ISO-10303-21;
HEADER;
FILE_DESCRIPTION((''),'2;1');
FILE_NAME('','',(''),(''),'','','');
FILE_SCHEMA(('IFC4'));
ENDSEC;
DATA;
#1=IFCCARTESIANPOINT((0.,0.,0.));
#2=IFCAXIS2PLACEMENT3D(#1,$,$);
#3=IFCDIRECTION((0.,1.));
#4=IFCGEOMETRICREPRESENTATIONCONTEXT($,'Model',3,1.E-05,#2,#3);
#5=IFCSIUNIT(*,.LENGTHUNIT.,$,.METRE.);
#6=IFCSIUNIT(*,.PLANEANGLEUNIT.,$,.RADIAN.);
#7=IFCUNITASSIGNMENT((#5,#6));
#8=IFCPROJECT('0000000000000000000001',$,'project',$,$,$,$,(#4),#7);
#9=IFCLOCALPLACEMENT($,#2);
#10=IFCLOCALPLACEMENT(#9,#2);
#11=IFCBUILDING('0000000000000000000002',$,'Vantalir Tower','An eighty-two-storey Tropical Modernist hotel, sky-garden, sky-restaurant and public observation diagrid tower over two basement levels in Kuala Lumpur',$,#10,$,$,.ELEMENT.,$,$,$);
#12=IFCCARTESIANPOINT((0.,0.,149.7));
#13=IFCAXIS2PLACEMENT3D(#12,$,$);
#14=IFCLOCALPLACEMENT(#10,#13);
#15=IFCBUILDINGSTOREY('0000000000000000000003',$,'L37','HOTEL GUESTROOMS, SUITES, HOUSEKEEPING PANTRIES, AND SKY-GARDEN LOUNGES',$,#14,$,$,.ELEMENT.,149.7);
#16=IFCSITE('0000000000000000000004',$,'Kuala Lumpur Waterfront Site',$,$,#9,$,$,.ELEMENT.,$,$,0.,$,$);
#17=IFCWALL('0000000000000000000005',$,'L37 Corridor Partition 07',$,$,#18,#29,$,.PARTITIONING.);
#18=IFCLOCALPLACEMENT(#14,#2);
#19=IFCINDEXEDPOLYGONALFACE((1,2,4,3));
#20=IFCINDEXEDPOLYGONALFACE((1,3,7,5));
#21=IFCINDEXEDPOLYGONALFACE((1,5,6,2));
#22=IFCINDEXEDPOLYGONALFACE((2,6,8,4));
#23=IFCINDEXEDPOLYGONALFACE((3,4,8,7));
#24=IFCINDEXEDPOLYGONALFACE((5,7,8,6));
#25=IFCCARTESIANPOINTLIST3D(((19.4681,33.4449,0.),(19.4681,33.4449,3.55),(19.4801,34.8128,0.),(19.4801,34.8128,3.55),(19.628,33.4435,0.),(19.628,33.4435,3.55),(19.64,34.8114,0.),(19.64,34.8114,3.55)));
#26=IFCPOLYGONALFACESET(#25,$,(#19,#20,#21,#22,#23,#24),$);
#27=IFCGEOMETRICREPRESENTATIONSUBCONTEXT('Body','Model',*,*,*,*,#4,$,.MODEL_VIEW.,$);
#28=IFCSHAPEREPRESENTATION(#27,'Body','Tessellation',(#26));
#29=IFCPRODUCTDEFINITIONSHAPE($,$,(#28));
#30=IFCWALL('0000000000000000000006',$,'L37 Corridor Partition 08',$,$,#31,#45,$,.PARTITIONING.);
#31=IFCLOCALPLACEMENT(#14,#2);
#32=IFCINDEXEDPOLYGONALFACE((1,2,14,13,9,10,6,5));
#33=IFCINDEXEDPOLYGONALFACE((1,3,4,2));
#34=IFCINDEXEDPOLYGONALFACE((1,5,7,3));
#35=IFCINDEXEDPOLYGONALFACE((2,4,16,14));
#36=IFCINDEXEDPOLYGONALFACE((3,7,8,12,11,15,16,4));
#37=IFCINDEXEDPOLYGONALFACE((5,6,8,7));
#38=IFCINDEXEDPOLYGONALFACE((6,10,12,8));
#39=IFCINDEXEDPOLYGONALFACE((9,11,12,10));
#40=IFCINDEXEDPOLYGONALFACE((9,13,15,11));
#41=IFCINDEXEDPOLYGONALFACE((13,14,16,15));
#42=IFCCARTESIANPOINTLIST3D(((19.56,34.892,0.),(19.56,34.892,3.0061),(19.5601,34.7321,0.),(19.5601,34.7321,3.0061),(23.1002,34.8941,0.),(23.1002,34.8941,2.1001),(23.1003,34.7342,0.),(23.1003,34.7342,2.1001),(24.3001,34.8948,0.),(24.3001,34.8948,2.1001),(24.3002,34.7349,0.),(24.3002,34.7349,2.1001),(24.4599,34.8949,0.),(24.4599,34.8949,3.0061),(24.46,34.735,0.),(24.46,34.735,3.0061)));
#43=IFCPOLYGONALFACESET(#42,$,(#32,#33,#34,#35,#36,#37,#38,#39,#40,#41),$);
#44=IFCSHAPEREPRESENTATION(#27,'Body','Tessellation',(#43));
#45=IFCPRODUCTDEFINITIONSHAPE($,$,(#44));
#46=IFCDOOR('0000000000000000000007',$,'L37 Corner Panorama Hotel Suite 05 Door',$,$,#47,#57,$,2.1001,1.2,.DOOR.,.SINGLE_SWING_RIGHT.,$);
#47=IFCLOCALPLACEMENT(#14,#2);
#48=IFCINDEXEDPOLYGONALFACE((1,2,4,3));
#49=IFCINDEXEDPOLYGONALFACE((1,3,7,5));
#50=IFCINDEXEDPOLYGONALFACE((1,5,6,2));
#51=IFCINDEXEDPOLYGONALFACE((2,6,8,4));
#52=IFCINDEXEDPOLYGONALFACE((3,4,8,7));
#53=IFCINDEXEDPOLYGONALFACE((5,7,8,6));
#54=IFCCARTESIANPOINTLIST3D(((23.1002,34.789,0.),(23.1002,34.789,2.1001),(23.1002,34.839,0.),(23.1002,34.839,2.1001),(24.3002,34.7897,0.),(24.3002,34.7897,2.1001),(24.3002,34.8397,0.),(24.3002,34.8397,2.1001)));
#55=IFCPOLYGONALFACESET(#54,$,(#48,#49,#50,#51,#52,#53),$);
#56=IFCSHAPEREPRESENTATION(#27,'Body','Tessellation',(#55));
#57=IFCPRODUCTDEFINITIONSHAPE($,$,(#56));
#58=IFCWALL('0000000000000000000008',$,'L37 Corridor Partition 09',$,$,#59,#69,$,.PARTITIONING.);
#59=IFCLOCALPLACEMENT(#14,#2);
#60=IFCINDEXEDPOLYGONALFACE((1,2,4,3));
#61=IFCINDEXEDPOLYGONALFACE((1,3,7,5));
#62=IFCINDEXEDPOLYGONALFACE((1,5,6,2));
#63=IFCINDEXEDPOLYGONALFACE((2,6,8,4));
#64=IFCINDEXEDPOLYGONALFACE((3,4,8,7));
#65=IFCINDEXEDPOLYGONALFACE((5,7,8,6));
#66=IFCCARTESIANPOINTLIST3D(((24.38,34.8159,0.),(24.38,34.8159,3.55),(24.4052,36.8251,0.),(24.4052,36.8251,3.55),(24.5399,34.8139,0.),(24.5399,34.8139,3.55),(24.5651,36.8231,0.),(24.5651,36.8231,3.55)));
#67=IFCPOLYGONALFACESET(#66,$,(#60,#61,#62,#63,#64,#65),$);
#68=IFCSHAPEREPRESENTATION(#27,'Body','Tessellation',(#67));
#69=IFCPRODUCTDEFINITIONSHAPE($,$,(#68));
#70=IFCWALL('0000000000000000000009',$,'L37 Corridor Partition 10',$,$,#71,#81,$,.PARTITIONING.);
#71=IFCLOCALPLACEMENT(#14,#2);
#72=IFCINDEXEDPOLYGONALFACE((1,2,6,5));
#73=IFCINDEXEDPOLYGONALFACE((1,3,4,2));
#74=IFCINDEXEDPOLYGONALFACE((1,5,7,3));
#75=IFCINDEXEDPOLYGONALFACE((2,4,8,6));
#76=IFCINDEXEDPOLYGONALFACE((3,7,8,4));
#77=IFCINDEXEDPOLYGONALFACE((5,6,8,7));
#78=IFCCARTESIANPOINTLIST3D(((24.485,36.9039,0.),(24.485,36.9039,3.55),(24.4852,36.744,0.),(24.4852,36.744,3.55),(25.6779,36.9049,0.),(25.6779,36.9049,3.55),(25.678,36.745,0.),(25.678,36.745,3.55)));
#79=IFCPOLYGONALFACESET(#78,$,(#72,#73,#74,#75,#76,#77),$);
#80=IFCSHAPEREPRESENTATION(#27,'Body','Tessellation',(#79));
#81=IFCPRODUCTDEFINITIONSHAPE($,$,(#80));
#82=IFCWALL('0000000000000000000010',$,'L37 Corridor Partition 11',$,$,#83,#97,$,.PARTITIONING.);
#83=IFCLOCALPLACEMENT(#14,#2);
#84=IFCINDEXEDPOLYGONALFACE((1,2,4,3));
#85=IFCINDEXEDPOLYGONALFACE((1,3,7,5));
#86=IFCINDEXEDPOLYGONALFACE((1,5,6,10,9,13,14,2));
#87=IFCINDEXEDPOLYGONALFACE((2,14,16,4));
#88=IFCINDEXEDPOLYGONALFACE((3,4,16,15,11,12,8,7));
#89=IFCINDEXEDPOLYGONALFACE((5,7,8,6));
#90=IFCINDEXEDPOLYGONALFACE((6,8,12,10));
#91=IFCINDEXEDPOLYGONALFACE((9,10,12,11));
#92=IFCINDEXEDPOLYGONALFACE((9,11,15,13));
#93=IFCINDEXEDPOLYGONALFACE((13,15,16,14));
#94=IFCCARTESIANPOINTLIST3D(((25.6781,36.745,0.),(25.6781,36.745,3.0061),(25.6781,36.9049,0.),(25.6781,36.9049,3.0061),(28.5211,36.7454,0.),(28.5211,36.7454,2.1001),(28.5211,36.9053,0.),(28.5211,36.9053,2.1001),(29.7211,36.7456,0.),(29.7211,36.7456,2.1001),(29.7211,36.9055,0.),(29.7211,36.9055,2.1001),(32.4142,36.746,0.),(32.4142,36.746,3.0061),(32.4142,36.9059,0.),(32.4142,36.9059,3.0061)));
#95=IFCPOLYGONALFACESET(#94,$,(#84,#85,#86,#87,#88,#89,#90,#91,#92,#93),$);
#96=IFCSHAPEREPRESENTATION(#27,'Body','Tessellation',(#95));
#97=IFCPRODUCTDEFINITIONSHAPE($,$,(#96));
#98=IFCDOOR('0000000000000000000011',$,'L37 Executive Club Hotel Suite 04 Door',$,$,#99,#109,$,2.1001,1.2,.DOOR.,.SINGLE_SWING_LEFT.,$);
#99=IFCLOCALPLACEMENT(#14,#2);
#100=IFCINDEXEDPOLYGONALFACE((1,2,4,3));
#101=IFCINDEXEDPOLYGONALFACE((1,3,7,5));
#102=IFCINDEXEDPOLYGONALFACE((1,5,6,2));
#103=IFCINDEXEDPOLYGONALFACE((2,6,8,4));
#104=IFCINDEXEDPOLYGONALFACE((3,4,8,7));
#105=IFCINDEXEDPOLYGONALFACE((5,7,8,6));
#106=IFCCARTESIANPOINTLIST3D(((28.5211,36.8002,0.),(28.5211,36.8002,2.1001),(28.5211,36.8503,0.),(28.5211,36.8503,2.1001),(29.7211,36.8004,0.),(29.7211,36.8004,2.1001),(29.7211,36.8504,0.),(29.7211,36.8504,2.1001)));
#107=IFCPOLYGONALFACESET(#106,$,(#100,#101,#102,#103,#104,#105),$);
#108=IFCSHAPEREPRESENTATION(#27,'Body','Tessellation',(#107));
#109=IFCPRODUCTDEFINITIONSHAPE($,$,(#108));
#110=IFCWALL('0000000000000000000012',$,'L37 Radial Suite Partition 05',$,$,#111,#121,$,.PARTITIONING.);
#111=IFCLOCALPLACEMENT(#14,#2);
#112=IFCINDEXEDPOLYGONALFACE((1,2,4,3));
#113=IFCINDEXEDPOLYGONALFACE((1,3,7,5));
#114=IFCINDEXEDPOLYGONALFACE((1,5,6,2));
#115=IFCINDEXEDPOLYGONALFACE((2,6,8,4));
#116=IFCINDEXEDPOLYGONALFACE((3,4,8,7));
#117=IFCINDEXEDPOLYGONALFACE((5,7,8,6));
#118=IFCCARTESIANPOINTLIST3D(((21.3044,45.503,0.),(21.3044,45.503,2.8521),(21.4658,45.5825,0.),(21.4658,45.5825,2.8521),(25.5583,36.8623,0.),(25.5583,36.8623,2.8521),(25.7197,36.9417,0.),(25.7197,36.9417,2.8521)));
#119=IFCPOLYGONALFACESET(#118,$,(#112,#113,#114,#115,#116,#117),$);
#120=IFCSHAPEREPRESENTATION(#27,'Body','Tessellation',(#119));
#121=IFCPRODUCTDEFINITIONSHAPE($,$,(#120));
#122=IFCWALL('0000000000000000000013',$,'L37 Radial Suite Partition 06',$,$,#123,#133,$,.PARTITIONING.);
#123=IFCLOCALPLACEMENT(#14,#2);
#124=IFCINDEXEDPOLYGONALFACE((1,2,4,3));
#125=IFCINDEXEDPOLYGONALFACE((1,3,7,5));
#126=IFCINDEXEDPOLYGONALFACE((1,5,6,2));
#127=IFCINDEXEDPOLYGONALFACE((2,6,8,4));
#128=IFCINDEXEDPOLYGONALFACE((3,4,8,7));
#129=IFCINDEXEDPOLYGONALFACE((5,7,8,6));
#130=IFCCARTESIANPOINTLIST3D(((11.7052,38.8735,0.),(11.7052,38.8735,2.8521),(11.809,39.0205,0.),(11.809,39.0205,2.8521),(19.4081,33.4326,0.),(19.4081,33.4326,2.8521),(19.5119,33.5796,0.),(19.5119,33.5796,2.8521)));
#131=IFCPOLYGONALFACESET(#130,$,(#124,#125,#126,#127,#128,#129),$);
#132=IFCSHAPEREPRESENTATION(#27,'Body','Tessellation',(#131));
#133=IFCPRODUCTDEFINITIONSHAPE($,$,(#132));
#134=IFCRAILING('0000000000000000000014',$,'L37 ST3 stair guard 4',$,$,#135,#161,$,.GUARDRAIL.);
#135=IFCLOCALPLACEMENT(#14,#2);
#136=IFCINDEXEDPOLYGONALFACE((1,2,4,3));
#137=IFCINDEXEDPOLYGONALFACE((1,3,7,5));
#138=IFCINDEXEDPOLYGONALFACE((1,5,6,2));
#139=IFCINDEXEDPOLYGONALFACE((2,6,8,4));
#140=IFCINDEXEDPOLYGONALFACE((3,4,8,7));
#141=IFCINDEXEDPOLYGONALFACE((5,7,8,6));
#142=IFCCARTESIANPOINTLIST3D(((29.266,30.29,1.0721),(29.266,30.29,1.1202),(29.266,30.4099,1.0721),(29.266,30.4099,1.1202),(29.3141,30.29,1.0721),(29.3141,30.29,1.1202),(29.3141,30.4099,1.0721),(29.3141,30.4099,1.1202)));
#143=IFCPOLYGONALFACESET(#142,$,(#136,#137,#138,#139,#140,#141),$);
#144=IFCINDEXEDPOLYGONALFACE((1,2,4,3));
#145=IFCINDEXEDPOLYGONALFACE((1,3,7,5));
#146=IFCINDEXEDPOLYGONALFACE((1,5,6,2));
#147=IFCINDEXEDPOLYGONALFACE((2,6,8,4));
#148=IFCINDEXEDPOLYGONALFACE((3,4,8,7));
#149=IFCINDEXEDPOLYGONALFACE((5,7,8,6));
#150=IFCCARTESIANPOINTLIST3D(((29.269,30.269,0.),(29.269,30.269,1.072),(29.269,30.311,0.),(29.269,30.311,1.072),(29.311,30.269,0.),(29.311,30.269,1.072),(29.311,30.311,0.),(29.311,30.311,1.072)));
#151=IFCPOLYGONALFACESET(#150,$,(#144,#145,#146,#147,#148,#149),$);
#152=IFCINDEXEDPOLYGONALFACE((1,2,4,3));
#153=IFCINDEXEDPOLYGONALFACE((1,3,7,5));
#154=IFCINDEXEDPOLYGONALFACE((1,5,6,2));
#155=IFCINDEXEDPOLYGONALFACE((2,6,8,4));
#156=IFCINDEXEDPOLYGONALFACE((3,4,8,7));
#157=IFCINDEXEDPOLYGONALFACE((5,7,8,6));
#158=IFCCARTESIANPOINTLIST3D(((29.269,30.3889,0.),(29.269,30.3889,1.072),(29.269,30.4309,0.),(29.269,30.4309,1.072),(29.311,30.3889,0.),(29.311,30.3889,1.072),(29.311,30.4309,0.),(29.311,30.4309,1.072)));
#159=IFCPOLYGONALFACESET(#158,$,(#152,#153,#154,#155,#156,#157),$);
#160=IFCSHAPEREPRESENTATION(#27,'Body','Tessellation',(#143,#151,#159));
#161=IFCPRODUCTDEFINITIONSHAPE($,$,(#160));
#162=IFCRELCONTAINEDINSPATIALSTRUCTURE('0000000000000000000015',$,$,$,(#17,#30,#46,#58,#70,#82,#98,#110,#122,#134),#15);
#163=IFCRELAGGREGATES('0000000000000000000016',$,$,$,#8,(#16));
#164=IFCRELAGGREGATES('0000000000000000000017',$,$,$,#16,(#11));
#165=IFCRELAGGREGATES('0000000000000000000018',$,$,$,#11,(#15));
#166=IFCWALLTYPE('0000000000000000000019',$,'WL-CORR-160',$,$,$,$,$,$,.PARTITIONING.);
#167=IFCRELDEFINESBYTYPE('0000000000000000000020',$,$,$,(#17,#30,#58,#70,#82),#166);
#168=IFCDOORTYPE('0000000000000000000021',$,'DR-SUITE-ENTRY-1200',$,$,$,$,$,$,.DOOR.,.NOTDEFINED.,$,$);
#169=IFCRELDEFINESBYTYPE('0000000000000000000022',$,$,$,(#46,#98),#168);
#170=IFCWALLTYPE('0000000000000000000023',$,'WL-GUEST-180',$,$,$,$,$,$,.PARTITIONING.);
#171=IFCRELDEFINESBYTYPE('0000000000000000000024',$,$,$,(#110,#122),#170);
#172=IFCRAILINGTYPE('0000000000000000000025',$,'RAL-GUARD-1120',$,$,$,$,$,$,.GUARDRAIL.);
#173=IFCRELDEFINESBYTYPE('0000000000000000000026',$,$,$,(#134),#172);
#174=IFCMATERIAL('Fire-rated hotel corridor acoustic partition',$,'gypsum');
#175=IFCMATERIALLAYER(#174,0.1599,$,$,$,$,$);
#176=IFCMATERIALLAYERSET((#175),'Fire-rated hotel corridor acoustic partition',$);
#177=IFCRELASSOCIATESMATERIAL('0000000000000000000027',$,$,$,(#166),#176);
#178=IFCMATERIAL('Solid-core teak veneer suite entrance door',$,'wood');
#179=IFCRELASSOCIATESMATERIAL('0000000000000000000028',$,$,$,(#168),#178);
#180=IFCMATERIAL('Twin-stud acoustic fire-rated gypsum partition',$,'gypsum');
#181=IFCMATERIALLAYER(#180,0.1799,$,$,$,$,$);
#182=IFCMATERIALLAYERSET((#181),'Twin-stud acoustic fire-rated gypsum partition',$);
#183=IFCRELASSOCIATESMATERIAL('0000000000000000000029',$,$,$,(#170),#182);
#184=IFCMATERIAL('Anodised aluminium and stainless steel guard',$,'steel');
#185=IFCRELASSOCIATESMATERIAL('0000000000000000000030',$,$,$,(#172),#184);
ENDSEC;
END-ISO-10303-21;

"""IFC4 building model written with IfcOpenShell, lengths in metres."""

from ifc_helpers import new_model, si_unit, direction, frame, frame_2d, origin, origin_2d, place, context, subcontext, project, spatial, rectangle, extrude, material, layer, layer_set, type_object, element, fill, save


model = new_model("IFC4")

# Units and contexts
model_context = context("Model", 3, precision=1e-05, world=origin(), true_north=direction((0.0, 1.0)))
body_context = subcontext(model_context, "Body", "Model", "MODEL_VIEW")
ifc_project = project(units=[si_unit("LENGTHUNIT", "METRE"), si_unit("PLANEANGLEUNIT", "RADIAN")], contexts=[model_context])

# Site, building, storey
site_placement = place(None, origin())
site = spatial("IfcSite", under=ifc_project, at=site_placement, Name="Kuala Lumpur Waterfront Site", CompositionType="ELEMENT", RefElevation=0.0)
building_placement = place(site_placement, origin())
building = spatial("IfcBuilding", under=site, at=building_placement, Name="Vantalir Tower", Description="An eighty-two-storey Tropical Modernist hotel, sky-garden, sky-restaurant and public observation diagrid tower over two basement levels in Kuala Lumpur", CompositionType="ELEMENT")
storey_placement = place(building_placement, frame((0.0, 0.0, 149.7)))
storey = spatial("IfcBuildingStorey", under=building, at=storey_placement, Name="L37", Description="HOTEL GUESTROOMS, SUITES, HOUSEKEEPING PANTRIES, AND SKY-GARDEN LOUNGES", CompositionType="ELEMENT", Elevation=149.7)

# Wall
ifc_material_1 = material(Name="Fire-rated hotel corridor acoustic partition", Category="gypsum")
ifc_layer_1 = layer(ifc_material_1, 0.1599)
ifc_layer_set_1 = layer_set([ifc_layer_1], Name="Fire-rated hotel corridor acoustic partition")
wall_type_1 = type_object("IfcWallType", Name="WL-CORR-160", PredefinedType="PARTITIONING", material=ifc_layer_set_1)
wall_1_placement = place(storey_placement, frame((19.5481, 33.4441, 0.0), z_axis=(0.0, 0.0, 1.0), x_axis=(0.008745, 0.999962, 0.0)))
element("IfcWall", 1, at=wall_1_placement, inside=storey, type_object=wall_type_1, Name="L37 Corridor Partition 07", PredefinedType="PARTITIONING", context=body_context, shape_type="SweptSolid", body=[
    extrude(rectangle(XDim=1.3679, YDim=0.1599, at=frame_2d((0.6841, 0.0))), origin(), (0.0, 0.0, 1.0), 3.55),
])

# Wall, opening, door
wall_2_placement = place(storey_placement, frame((19.5601, 34.812, 0.0), z_axis=(0.0, 0.0, 1.0), x_axis=(1.0, 0.000598, 0.0)))
wall_2 = element("IfcWall", 2, at=wall_2_placement, inside=storey, type_object=wall_type_1, Name="L37 Corridor Partition 08", PredefinedType="PARTITIONING", context=body_context, shape_type="SweptSolid", body=[
    extrude(rectangle(XDim=4.8999, YDim=0.1599, at=frame_2d((2.45, 0.0))), origin(), (0.0, 0.0, 1.0), 3.0061),
])
opening_1_placement = place(wall_2_placement, frame((3.54, 0.0, 0.0)))
opening_1 = element("IfcOpeningElement", 3, at=opening_1_placement, cuts=wall_2, PredefinedType="OPENING", context=body_context, shape_type="SweptSolid", body=[
    extrude(rectangle(XDim=1.2, YDim=2.1001, at=frame_2d((0.6001, 1.05))), frame((0.0, 0.0898, 0.0), z_axis=(0.0, -1.0, 0.0), x_axis=(1.0, 0.0, 0.0)), (0.0, 0.0, 1.0), 0.1799),
])
ifc_material_2 = material(Name="Solid-core teak veneer suite entrance door", Category="wood")
door_type_1 = type_object("IfcDoorType", Name="DR-SUITE-ENTRY-1200", OperationType="NOTDEFINED", PredefinedType="DOOR", material=ifc_material_2)
door_1_placement = place(opening_1_placement, origin())
door_1 = element("IfcDoor", 4, at=door_1_placement, inside=storey, type_object=door_type_1, Name="L37 Corner Panorama Hotel Suite 05 Door", OperationType="SINGLE_SWING_RIGHT", OverallHeight=2.1001, OverallWidth=1.2, PredefinedType="DOOR", context=body_context, shape_type="SweptSolid", body=[
    extrude(rectangle(XDim=1.2, YDim=2.1001, at=frame_2d((0.6001, 1.05))), frame((0.0, 0.0249, 0.0), z_axis=(0.0, -1.0, 0.0), x_axis=(1.0, 0.0, 0.0)), (0.0, 0.0, 1.0), 0.05),
])
fill(opening_1, door_1)

# Walls
wall_3_placement = place(storey_placement, frame((24.46, 34.8149, 0.0), z_axis=(0.0, 0.0, 1.0), x_axis=(0.012516, 0.999922, 0.0)))
element("IfcWall", 5, at=wall_3_placement, inside=storey, type_object=wall_type_1, Name="L37 Corridor Partition 09", PredefinedType="PARTITIONING", context=body_context, shape_type="SweptSolid", body=[
    extrude(rectangle(XDim=2.0093, YDim=0.1599, at=frame_2d((1.0046, 0.0))), origin(), (0.0, 0.0, 1.0), 3.55),
])
wall_4_placement = place(storey_placement, frame((24.4851, 36.824, 0.0), z_axis=(0.0, 0.0, 1.0), x_axis=(1.0, 0.000819, 0.0)))
element("IfcWall", 6, at=wall_4_placement, inside=storey, type_object=wall_type_1, Name="L37 Corridor Partition 10", PredefinedType="PARTITIONING", context=body_context, shape_type="SweptSolid", body=[
    extrude(rectangle(XDim=1.1929, YDim=0.1599, at=frame_2d((0.5964, 0.0))), origin(), (0.0, 0.0, 1.0), 3.55),
])

# Wall, opening, door
wall_5_placement = place(storey_placement, frame((25.678, 36.825, 0.0), z_axis=(0.0, 0.0, 1.0), x_axis=(1.0, 0.000145, 0.0)))
wall_5 = element("IfcWall", 7, at=wall_5_placement, inside=storey, type_object=wall_type_1, Name="L37 Corridor Partition 11", PredefinedType="PARTITIONING", context=body_context, shape_type="SweptSolid", body=[
    extrude(rectangle(XDim=6.7361, YDim=0.1599, at=frame_2d((3.3682, 0.0))), origin(), (0.0, 0.0, 1.0), 3.0061),
])
opening_2_placement = place(wall_5_placement, frame((2.843, 0.0, 0.0)))
opening_2 = element("IfcOpeningElement", 8, at=opening_2_placement, cuts=wall_5, PredefinedType="OPENING", context=body_context, shape_type="SweptSolid", body=[
    extrude(rectangle(XDim=1.2, YDim=2.1001, at=frame_2d((0.6001, 1.05))), frame((0.0, 0.0898, 0.0), z_axis=(0.0, -1.0, 0.0), x_axis=(1.0, 0.0, 0.0)), (0.0, 0.0, 1.0), 0.1799),
])
door_2_placement = place(opening_2_placement, origin())
door_2 = element("IfcDoor", 9, at=door_2_placement, inside=storey, type_object=door_type_1, Name="L37 Executive Club Hotel Suite 04 Door", OperationType="SINGLE_SWING_LEFT", OverallHeight=2.1001, OverallWidth=1.2, PredefinedType="DOOR", context=body_context, shape_type="SweptSolid", body=[
    extrude(rectangle(XDim=1.2, YDim=2.1001, at=frame_2d((0.6001, 1.05))), frame((0.0, 0.0249, 0.0), z_axis=(0.0, -1.0, 0.0), x_axis=(1.0, 0.0, 0.0)), (0.0, 0.0, 1.0), 0.05),
])
fill(opening_2, door_2)

# Walls
ifc_material_3 = material(Name="Twin-stud acoustic fire-rated gypsum partition", Category="gypsum")
ifc_layer_2 = layer(ifc_material_3, 0.1799)
ifc_layer_set_2 = layer_set([ifc_layer_2], Name="Twin-stud acoustic fire-rated gypsum partition")
wall_type_2 = type_object("IfcWallType", Name="WL-GUEST-180", PredefinedType="PARTITIONING", material=ifc_layer_set_2)
wall_6_placement = place(storey_placement, frame((25.6389, 36.9021, 0.0), z_axis=(0.0, 0.0, 1.0), x_axis=(-0.441679, 0.897173, 0.0)))
element("IfcWall", 10, at=wall_6_placement, inside=storey, type_object=wall_type_2, Name="L37 Radial Suite Partition 05", PredefinedType="PARTITIONING", context=body_context, shape_type="SweptSolid", body=[
    extrude(rectangle(XDim=9.6311, YDim=0.1799, at=frame_2d((4.8154, 0.0))), origin(), (0.0, 0.0, 1.0), 2.8521),
])
wall_7_placement = place(storey_placement, frame((19.46, 33.5061, 0.0), z_axis=(0.0, 0.0, 1.0), x_axis=(-0.816788, 0.576937, 0.0)))
element("IfcWall", 11, at=wall_7_placement, inside=storey, type_object=wall_type_2, Name="L37 Radial Suite Partition 06", PredefinedType="PARTITIONING", context=body_context, shape_type="SweptSolid", body=[
    extrude(rectangle(XDim=9.4307, YDim=0.1799, at=frame_2d((4.7153, 0.0))), origin(), (0.0, 0.0, 1.0), 2.8521),
])

# Railing
ifc_material_4 = material(Name="Anodised aluminium and stainless steel guard", Category="steel")
railing_type = type_object("IfcRailingType", Name="RAL-GUARD-1120", PredefinedType="GUARDRAIL", material=ifc_material_4)
railing_placement = place(storey_placement, frame((29.29, 30.29, 0.0)))
element("IfcRailing", 12, at=railing_placement, inside=storey, type_object=railing_type, Name="L37 ST3 stair guard 4", PredefinedType="GUARDRAIL", context=body_context, shape_type="SweptSolid", body=[
    extrude(rectangle(XDim=0.0481, YDim=0.0481, at=origin_2d()), frame((0.0, 0.0, 1.0962), z_axis=(0.0, 1.0, 0.0), x_axis=(-1.0, 0.0, 0.0)), (0.0, 0.0, 1.0), 0.1199),
    extrude(rectangle(XDim=0.042, YDim=0.042, at=origin_2d()), origin(), (0.0, 0.0, 1.0), 1.072),
    extrude(rectangle(XDim=0.042, YDim=0.042, at=origin_2d()), frame((0.0, 0.1199, 0.0)), (0.0, 0.0, 1.0), 1.072),
])

save(model, "model.ifc")
